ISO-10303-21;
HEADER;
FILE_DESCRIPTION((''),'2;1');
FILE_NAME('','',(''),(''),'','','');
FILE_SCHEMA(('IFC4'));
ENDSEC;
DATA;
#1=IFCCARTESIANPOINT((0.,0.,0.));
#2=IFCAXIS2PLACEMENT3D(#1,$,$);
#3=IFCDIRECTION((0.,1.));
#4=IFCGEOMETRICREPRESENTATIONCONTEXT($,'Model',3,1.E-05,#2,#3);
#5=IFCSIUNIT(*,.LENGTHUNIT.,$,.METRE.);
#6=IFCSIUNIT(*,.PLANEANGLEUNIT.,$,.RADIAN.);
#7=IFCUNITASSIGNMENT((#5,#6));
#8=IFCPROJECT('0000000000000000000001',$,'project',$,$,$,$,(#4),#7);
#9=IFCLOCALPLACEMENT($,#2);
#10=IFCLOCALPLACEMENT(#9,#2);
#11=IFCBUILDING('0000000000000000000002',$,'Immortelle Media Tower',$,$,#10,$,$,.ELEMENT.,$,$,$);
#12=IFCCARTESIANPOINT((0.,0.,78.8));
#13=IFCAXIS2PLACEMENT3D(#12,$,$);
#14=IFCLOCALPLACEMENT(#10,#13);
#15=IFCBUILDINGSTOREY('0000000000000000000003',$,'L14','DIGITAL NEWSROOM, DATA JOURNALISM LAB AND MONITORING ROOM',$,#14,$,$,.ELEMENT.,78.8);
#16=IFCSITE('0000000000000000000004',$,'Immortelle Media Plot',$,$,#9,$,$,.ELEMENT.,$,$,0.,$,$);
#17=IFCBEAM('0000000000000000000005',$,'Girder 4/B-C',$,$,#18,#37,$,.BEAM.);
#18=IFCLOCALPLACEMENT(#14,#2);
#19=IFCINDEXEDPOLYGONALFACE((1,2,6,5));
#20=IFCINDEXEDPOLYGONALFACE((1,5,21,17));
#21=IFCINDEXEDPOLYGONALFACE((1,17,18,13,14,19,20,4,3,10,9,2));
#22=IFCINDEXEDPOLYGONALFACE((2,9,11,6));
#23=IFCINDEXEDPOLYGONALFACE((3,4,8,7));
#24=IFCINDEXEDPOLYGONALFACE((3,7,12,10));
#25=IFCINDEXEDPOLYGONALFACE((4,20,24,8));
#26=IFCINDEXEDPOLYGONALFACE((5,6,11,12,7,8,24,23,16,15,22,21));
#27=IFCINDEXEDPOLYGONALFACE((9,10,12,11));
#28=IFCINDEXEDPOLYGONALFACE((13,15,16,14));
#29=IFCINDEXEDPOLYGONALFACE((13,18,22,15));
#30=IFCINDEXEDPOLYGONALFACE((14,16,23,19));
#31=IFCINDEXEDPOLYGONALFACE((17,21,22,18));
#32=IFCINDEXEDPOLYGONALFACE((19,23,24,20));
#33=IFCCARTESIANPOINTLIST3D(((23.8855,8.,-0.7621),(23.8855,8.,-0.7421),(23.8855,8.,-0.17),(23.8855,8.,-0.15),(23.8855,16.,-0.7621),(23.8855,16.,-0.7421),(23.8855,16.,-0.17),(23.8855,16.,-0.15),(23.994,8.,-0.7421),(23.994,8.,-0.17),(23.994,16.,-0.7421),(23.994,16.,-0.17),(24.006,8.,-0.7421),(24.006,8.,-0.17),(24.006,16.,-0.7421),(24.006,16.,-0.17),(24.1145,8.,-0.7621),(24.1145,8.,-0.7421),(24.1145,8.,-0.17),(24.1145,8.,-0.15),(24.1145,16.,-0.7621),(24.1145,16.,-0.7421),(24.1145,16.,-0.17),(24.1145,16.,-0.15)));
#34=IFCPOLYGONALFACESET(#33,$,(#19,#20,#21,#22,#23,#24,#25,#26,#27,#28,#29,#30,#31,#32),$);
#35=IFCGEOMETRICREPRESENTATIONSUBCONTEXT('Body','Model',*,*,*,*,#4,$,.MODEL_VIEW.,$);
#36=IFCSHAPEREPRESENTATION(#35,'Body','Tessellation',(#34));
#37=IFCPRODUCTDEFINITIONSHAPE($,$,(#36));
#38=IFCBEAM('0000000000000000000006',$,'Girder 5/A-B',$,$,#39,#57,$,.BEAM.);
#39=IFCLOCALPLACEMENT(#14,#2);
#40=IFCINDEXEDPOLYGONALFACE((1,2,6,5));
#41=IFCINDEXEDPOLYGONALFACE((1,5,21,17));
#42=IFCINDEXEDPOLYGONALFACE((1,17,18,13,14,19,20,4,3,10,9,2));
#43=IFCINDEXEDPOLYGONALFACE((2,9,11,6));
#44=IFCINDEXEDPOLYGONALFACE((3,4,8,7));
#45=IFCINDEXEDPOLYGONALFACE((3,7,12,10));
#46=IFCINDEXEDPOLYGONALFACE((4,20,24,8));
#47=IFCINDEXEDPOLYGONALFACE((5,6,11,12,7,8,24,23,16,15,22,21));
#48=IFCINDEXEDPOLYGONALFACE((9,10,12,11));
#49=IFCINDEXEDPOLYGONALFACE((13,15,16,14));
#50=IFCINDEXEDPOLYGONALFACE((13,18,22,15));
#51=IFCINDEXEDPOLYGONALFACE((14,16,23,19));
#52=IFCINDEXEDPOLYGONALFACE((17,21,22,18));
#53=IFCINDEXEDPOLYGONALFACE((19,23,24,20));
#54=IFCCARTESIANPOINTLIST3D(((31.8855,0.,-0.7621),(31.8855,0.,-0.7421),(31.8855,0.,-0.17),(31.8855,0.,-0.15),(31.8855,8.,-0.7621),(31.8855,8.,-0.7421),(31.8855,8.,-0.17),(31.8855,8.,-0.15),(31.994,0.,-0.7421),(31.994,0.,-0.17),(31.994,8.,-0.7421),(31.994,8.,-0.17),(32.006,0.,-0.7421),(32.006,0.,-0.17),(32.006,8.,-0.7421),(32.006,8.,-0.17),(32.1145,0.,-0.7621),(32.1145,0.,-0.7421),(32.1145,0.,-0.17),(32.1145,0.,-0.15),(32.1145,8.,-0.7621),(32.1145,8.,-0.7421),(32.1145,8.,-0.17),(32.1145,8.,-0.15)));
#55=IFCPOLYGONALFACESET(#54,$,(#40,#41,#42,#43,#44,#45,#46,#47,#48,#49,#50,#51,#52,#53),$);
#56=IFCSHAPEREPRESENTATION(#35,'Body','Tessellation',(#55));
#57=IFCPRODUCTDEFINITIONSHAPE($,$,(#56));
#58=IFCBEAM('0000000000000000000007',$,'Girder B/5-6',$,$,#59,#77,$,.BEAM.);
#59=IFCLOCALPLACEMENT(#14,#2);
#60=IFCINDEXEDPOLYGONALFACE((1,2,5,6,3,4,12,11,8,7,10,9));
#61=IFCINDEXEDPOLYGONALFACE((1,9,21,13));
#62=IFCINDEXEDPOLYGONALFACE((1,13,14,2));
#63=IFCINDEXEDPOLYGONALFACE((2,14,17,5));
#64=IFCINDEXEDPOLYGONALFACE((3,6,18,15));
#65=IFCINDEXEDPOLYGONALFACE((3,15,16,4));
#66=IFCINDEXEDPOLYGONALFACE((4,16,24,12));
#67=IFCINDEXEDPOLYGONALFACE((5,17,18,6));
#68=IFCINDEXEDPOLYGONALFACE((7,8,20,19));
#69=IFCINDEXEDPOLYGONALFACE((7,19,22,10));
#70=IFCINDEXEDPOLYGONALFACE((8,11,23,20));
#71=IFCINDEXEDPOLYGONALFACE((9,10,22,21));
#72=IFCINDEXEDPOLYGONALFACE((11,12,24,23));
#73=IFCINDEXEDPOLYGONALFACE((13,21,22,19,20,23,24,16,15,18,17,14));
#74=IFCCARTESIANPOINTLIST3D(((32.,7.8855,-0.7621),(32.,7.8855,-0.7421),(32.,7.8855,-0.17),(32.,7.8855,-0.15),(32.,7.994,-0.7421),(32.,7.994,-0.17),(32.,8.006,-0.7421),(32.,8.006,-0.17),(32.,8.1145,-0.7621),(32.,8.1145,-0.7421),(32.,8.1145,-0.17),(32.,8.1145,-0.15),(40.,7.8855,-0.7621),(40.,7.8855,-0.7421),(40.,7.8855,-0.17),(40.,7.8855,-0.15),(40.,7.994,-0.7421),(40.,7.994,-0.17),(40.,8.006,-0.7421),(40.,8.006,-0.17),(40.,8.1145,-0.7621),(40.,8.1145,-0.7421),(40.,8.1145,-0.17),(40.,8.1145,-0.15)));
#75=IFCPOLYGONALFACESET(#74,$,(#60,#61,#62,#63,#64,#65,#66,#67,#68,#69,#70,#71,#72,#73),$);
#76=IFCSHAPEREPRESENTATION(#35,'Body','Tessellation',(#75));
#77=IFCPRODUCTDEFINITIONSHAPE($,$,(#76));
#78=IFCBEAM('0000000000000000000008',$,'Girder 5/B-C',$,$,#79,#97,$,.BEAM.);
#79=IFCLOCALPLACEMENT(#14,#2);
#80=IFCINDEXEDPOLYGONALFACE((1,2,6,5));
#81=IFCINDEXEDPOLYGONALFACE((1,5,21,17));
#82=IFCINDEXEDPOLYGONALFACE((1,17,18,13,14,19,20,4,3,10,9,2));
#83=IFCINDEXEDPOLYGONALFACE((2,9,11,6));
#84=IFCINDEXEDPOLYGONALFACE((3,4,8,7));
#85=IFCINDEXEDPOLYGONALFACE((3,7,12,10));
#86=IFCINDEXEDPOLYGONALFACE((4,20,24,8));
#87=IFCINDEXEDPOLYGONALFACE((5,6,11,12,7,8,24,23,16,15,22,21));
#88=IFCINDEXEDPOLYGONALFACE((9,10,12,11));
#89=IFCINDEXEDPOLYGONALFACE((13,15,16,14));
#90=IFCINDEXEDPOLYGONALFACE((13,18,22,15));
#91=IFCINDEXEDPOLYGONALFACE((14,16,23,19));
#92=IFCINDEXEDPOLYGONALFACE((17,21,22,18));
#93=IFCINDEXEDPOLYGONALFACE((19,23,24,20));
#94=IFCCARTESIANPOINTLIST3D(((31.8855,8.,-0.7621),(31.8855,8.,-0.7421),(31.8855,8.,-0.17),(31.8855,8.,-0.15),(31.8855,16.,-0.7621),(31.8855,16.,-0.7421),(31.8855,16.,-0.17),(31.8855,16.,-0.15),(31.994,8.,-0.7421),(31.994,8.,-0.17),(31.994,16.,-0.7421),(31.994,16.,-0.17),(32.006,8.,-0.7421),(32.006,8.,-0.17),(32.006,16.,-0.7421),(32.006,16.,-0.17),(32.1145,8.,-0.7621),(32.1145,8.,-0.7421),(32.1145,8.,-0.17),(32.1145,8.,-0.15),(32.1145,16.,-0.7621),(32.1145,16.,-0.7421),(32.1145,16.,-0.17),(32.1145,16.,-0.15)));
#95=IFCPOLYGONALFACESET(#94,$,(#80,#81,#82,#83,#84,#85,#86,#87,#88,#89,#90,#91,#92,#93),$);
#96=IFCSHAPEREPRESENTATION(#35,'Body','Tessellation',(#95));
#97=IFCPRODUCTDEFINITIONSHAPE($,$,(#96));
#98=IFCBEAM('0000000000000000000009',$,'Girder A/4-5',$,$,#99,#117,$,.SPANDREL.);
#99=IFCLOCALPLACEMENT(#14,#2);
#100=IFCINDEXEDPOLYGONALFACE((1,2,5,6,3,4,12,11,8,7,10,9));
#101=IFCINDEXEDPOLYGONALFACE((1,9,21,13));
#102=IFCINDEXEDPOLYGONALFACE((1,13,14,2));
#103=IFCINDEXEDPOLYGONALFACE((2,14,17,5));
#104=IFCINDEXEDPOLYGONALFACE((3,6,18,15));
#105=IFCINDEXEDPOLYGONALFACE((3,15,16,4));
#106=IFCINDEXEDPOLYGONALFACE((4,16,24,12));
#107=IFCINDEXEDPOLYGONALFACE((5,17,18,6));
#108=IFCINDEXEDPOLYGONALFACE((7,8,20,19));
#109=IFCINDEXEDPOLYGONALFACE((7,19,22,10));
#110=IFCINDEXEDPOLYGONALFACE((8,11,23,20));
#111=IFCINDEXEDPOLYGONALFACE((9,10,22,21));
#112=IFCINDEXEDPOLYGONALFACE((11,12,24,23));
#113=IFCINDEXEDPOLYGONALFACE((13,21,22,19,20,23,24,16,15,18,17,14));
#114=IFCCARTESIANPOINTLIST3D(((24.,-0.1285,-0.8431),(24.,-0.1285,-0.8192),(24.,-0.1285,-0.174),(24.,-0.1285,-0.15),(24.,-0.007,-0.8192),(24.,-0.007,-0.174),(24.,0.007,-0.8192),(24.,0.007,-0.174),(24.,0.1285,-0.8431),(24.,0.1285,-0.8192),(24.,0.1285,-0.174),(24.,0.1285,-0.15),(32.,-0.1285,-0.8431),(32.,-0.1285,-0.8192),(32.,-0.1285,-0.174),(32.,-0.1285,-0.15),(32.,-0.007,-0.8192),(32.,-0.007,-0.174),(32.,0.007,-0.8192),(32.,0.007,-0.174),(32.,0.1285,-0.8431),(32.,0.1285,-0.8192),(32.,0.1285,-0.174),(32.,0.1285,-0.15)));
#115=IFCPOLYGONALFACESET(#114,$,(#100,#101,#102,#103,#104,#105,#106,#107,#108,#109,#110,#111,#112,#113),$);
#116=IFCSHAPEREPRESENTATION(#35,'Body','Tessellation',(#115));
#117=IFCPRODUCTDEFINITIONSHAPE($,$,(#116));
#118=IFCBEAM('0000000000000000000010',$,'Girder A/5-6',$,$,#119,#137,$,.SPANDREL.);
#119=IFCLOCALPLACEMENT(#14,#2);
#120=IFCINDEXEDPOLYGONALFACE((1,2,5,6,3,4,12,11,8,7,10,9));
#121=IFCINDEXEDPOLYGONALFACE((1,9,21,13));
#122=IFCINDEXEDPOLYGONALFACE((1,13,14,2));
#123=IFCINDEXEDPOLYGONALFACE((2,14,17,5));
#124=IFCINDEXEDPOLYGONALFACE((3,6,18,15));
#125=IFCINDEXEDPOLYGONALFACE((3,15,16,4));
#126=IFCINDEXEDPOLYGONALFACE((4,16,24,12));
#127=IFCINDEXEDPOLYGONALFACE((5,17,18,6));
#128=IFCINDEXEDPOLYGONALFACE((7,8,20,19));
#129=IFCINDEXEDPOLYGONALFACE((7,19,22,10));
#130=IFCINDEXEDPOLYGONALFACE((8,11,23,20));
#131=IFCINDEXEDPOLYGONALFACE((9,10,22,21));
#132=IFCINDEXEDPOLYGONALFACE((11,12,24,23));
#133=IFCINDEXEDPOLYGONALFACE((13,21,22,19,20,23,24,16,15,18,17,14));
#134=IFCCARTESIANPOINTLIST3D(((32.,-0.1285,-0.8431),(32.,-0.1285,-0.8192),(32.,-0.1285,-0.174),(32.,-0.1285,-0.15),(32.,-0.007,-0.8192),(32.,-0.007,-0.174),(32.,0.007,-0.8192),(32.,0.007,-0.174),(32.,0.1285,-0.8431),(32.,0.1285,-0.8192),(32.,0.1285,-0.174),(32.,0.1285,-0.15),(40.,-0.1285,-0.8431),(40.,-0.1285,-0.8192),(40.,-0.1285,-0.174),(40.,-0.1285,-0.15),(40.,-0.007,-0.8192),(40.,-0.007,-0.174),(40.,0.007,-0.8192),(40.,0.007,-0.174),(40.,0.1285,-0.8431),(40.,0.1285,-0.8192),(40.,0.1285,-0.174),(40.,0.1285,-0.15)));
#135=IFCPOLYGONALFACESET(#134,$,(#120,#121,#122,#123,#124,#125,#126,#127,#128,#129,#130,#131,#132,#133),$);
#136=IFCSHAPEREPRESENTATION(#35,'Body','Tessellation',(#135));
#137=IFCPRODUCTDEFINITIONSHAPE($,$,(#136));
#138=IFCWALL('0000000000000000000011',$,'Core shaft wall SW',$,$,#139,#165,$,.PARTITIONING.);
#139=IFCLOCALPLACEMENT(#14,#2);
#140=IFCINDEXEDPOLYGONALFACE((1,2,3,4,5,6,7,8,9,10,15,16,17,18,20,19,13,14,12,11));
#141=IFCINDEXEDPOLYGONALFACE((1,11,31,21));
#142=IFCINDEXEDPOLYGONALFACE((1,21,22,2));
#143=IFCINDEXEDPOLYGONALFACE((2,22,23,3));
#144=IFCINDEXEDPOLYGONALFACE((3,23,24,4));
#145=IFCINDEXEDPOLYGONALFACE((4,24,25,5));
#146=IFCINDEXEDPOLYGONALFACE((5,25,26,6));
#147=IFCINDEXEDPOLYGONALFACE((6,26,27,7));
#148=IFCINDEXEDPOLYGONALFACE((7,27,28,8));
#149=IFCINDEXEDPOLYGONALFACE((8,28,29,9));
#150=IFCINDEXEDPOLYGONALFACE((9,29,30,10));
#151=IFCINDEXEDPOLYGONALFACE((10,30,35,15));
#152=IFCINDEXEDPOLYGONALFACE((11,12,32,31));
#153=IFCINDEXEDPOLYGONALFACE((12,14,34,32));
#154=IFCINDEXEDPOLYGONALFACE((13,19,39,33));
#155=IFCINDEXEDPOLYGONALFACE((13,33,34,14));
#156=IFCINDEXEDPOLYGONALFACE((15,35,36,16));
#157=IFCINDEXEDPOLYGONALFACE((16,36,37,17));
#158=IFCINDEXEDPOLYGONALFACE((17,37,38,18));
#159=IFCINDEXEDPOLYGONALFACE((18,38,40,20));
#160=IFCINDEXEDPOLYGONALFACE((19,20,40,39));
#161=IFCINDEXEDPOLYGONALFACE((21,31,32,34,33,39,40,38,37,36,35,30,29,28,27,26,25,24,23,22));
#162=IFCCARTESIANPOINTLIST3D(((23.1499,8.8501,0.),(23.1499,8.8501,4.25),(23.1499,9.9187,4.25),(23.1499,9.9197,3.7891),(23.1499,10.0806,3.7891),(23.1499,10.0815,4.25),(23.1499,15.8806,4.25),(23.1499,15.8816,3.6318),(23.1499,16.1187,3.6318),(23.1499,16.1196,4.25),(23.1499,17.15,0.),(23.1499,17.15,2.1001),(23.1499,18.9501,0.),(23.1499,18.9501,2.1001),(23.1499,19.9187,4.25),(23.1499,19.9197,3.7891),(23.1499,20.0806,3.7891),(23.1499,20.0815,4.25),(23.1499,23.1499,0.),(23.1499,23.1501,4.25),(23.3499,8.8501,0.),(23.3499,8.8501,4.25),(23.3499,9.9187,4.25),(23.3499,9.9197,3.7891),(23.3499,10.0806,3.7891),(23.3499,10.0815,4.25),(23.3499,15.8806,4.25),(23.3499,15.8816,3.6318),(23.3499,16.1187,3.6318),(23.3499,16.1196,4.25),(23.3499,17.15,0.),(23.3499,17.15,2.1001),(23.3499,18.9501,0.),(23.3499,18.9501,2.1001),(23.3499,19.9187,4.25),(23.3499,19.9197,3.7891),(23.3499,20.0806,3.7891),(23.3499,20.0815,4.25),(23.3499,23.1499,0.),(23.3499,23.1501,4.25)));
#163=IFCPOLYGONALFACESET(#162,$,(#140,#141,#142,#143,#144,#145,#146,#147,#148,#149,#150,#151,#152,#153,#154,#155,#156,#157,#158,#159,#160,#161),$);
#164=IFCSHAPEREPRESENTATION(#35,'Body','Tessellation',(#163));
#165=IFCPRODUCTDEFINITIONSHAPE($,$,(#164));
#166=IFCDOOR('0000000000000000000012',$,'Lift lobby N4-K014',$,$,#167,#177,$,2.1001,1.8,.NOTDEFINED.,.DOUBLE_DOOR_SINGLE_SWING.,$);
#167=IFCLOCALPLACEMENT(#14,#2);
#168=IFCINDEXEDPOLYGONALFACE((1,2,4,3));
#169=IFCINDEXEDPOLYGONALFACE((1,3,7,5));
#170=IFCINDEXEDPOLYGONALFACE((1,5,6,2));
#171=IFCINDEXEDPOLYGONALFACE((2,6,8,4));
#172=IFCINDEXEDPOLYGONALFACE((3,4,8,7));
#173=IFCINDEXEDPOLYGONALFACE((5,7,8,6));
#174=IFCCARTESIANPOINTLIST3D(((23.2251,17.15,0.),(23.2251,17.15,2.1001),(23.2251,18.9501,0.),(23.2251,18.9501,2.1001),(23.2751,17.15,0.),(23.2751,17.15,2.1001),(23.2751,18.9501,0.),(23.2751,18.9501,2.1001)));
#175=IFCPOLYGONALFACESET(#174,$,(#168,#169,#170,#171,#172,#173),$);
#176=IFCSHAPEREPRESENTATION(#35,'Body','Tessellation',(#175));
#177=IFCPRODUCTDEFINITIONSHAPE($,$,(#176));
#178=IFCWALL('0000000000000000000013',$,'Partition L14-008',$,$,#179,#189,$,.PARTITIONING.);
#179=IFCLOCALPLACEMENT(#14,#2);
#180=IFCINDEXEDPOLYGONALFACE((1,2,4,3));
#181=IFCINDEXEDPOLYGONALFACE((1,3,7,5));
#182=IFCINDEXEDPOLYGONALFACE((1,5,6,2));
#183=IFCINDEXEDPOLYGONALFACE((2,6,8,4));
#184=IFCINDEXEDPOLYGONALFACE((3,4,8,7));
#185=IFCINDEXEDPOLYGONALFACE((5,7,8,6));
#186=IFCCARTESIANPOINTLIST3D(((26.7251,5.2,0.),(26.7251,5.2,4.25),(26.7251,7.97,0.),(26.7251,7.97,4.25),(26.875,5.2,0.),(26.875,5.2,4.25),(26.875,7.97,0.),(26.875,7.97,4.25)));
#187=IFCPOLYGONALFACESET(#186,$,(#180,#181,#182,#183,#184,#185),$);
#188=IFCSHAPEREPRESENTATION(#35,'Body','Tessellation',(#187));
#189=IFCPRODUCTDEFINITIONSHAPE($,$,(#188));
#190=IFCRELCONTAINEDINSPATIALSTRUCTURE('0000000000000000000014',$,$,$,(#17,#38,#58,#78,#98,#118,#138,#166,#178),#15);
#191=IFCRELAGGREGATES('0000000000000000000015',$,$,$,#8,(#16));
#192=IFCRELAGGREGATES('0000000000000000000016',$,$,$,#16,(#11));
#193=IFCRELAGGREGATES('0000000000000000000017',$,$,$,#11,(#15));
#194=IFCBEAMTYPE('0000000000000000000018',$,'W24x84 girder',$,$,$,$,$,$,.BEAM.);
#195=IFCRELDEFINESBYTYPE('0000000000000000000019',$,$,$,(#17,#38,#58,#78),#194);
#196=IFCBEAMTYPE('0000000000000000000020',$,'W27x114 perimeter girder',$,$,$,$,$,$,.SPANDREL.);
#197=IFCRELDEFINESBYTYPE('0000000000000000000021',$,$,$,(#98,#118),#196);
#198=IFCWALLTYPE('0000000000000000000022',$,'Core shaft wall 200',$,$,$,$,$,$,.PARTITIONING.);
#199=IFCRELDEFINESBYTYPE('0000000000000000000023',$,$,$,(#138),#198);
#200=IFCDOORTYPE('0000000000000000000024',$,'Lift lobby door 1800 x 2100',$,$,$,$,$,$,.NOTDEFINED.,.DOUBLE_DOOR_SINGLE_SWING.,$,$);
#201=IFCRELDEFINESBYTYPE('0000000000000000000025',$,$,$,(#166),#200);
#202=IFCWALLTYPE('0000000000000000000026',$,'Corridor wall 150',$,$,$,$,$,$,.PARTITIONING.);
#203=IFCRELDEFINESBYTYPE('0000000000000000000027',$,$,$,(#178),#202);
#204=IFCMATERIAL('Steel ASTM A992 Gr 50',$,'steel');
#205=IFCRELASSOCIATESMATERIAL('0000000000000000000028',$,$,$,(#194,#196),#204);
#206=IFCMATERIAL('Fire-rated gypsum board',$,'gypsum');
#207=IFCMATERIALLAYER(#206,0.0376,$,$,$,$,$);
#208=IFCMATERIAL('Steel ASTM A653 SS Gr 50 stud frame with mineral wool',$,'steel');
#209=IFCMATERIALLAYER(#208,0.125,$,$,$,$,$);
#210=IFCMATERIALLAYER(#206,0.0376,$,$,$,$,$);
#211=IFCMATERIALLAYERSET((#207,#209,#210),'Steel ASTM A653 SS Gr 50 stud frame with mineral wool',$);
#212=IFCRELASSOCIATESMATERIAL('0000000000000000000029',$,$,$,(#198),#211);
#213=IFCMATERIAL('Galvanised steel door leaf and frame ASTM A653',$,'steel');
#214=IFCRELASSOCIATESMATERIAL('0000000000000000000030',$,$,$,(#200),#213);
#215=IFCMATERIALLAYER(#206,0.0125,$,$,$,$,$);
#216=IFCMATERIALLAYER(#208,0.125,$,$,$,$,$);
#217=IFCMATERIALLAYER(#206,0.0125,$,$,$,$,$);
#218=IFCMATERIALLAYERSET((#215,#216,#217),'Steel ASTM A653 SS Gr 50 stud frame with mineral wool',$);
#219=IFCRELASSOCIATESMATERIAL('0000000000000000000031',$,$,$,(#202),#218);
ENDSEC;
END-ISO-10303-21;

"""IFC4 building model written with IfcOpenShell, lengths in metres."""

from ifc_helpers import new_model, si_unit, direction, frame, frame_2d, origin, origin_2d, place, context, subcontext, project, spatial, polyline, rectangle, i_section, outline, extrude, material, layer, layer_set, material_profile, profile_set, type_object, element, fill, save


model = new_model("IFC4")

# Units and contexts
model_context = context("Model", 3, precision=1e-05, world=origin(), true_north=direction((0.0, 1.0)))
body_context = subcontext(model_context, "Body", "Model", "MODEL_VIEW")
ifc_project = project(units=[si_unit("LENGTHUNIT", "METRE"), si_unit("PLANEANGLEUNIT", "RADIAN")], contexts=[model_context])

# Site, building, storey
site_placement = place(None, origin())
site = spatial("IfcSite", under=ifc_project, at=site_placement, Name="Immortelle Media Plot", CompositionType="ELEMENT", RefElevation=0.0)
building_placement = place(site_placement, origin())
building = spatial("IfcBuilding", under=site, at=building_placement, Name="Immortelle Media Tower", CompositionType="ELEMENT")
storey_placement = place(building_placement, frame((0.0, 0.0, 78.8)))
storey = spatial("IfcBuildingStorey", under=building, at=storey_placement, Name="L14", Description="DIGITAL NEWSROOM, DATA JOURNALISM LAB AND MONITORING ROOM", CompositionType="ELEMENT", Elevation=78.8)

# Shared definitions
ifc_material_1 = material(Name="Steel ASTM A992 Gr 50", Category="steel")

# Beams
ifc_material_profile_1 = material_profile(ifc_material_1, i_section(OverallWidth=0.229, OverallDepth=0.6121, WebThickness=0.012, FlangeThickness=0.02, at=origin_2d()), Name="W24x84")
ifc_profile_set_1 = profile_set([ifc_material_profile_1], Name="Steel ASTM A992 Gr 50")
beam_type_1 = type_object("IfcBeamType", Name="W24x84 girder", PredefinedType="BEAM", material=ifc_profile_set_1)
for number, where, z_axis, x_axis, name in (
    (1, (24.0, 8.0, -0.4561), (0.0, 1.0, 0.0), (-1.0, 0.0, 0.0), "Girder 4/B-C"),
    (2, (32.0, 0.0, -0.4561), (0.0, 1.0, 0.0), (-1.0, 0.0, 0.0), "Girder 5/A-B"),
    (3, (32.0, 8.0, -0.4561), (1.0, 0.0, 0.0), (0.0, 1.0, 0.0), "Girder B/5-6"),
    (4, (32.0, 8.0, -0.4561), (0.0, 1.0, 0.0), (-1.0, 0.0, 0.0), "Girder 5/B-C"),
):
    element("IfcBeam", number, at=place(storey_placement, frame(where, z_axis=z_axis, x_axis=x_axis)), inside=storey, type_object=beam_type_1, Name=name, PredefinedType="BEAM", context=body_context, shape_type="SweptSolid", body=[
        extrude(i_section(OverallWidth=0.229, OverallDepth=0.6121, WebThickness=0.012, FlangeThickness=0.02, at=origin_2d()), origin(), (0.0, 0.0, 1.0), 8.0),
    ])
ifc_material_profile_2 = material_profile(ifc_material_1, i_section(OverallWidth=0.2571, OverallDepth=0.6931, WebThickness=0.0139, FlangeThickness=0.0239, at=origin_2d()), Name="W27x114")
ifc_profile_set_2 = profile_set([ifc_material_profile_2], Name="Steel ASTM A992 Gr 50")
beam_type_2 = type_object("IfcBeamType", Name="W27x114 perimeter girder", PredefinedType="SPANDREL", material=ifc_profile_set_2)
for number, where, z_axis, x_axis, name in (
    (5, (24.0, 0.0, -0.4966), (1.0, 0.0, 0.0), (0.0, 1.0, 0.0), "Girder A/4-5"),
    (6, (32.0, 0.0, -0.4966), (1.0, 0.0, 0.0), (0.0, 1.0, 0.0), "Girder A/5-6"),
):
    element("IfcBeam", number, at=place(storey_placement, frame(where, z_axis=z_axis, x_axis=x_axis)), inside=storey, type_object=beam_type_2, Name=name, PredefinedType="SPANDREL", context=body_context, shape_type="SweptSolid", body=[
        extrude(i_section(OverallWidth=0.2571, OverallDepth=0.6931, WebThickness=0.0139, FlangeThickness=0.0239, at=origin_2d()), origin(), (0.0, 0.0, 1.0), 8.0),
    ])

# Wall, opening, door
ifc_material_2 = material(Name="Fire-rated gypsum board", Category="gypsum")
ifc_layer_1 = layer(ifc_material_2, 0.0376)
ifc_material_3 = material(Name="Steel ASTM A653 SS Gr 50 stud frame with mineral wool", Category="steel")
ifc_layer_2 = layer(ifc_material_3, 0.125)
ifc_layer_3 = layer(ifc_material_2, 0.0376)
ifc_layer_set_1 = layer_set([ifc_layer_1, ifc_layer_2, ifc_layer_3], Name="Steel ASTM A653 SS Gr 50 stud frame with mineral wool")
wall_type_1 = type_object("IfcWallType", Name="Core shaft wall 200", PredefinedType="PARTITIONING", material=ifc_layer_set_1)
wall_1_placement = place(storey_placement, frame((23.25, 8.8501, 0.0), z_axis=(0.0, 0.0, 1.0), x_axis=(0.0, 1.0, 0.0)))
wall_1 = element("IfcWall", 7, at=wall_1_placement, inside=storey, type_object=wall_type_1, Name="Core shaft wall SW", PredefinedType="PARTITIONING", context=body_context, shape_type="SweptSolid", body=[
    extrude(outline(polyline([(0.0, 0.0), (14.2998, 0.0), (14.3, 4.25), (11.2314, 4.25), (11.2305, 3.7891), (11.0696, 3.7891), (11.0686, 4.25), (7.2695, 4.25), (7.2686, 3.6318), (7.0315, 3.6318), (7.0305, 4.25), (1.2314, 4.25), (1.2305, 3.7891), (1.0696, 3.7891), (1.0686, 4.25), (0.0, 4.25), (0.0, 0.0)])), frame((0.0, 0.1001, 0.0), z_axis=(0.0, -1.0, 0.0), x_axis=(1.0, 0.0, 0.0)), (0.0, 0.0, 1.0), 0.2),
])
opening_1_placement = place(wall_1_placement, frame((8.3, 0.0, 0.0)))
opening_1 = element("IfcOpeningElement", 8, at=opening_1_placement, cuts=wall_1, PredefinedType="OPENING", context=body_context, shape_type="SweptSolid", body=[
    extrude(rectangle(XDim=1.8, YDim=2.1001, at=frame_2d((0.8999, 1.05))), frame((0.0, 0.1099, 0.0), z_axis=(0.0, -1.0, 0.0), x_axis=(1.0, 0.0, 0.0)), (0.0, 0.0, 1.0), 0.22),
])
ifc_material_4 = material(Name="Galvanised steel door leaf and frame ASTM A653", Category="steel")
door_type_1 = type_object("IfcDoorType", Name="Lift lobby door 1800 x 2100", OperationType="DOUBLE_DOOR_SINGLE_SWING", PredefinedType="NOTDEFINED", material=ifc_material_4)
door_1_placement = place(opening_1_placement, origin())
door_1 = element("IfcDoor", 9, at=door_1_placement, inside=storey, type_object=door_type_1, Name="Lift lobby N4-K014", OperationType="DOUBLE_DOOR_SINGLE_SWING", OverallHeight=2.1001, OverallWidth=1.8, PredefinedType="NOTDEFINED", context=body_context, shape_type="SweptSolid", body=[
    extrude(rectangle(XDim=1.8, YDim=2.1001, at=frame_2d((0.8999, 1.05))), frame((0.0, 0.0249, 0.0), z_axis=(0.0, -1.0, 0.0), x_axis=(1.0, 0.0, 0.0)), (0.0, 0.0, 1.0), 0.05),
])
fill(opening_1, door_1)

# Wall
ifc_layer_4 = layer(ifc_material_2, 0.0125)
ifc_layer_5 = layer(ifc_material_3, 0.125)
ifc_layer_6 = layer(ifc_material_2, 0.0125)
ifc_layer_set_2 = layer_set([ifc_layer_4, ifc_layer_5, ifc_layer_6], Name="Steel ASTM A653 SS Gr 50 stud frame with mineral wool")
wall_type_2 = type_object("IfcWallType", Name="Corridor wall 150", PredefinedType="PARTITIONING", material=ifc_layer_set_2)
wall_2_placement = place(storey_placement, frame((26.8, 5.2, 0.0), z_axis=(0.0, 0.0, 1.0), x_axis=(0.0, 1.0, 0.0)))
element("IfcWall", 10, at=wall_2_placement, inside=storey, type_object=wall_type_2, Name="Partition L14-008", PredefinedType="PARTITIONING", context=body_context, shape_type="SweptSolid", body=[
    extrude(rectangle(XDim=2.77, YDim=0.1499, at=frame_2d((1.385, 0.0))), origin(), (0.0, 0.0, 1.0), 4.25),
])

save(model, "model.ifc")
